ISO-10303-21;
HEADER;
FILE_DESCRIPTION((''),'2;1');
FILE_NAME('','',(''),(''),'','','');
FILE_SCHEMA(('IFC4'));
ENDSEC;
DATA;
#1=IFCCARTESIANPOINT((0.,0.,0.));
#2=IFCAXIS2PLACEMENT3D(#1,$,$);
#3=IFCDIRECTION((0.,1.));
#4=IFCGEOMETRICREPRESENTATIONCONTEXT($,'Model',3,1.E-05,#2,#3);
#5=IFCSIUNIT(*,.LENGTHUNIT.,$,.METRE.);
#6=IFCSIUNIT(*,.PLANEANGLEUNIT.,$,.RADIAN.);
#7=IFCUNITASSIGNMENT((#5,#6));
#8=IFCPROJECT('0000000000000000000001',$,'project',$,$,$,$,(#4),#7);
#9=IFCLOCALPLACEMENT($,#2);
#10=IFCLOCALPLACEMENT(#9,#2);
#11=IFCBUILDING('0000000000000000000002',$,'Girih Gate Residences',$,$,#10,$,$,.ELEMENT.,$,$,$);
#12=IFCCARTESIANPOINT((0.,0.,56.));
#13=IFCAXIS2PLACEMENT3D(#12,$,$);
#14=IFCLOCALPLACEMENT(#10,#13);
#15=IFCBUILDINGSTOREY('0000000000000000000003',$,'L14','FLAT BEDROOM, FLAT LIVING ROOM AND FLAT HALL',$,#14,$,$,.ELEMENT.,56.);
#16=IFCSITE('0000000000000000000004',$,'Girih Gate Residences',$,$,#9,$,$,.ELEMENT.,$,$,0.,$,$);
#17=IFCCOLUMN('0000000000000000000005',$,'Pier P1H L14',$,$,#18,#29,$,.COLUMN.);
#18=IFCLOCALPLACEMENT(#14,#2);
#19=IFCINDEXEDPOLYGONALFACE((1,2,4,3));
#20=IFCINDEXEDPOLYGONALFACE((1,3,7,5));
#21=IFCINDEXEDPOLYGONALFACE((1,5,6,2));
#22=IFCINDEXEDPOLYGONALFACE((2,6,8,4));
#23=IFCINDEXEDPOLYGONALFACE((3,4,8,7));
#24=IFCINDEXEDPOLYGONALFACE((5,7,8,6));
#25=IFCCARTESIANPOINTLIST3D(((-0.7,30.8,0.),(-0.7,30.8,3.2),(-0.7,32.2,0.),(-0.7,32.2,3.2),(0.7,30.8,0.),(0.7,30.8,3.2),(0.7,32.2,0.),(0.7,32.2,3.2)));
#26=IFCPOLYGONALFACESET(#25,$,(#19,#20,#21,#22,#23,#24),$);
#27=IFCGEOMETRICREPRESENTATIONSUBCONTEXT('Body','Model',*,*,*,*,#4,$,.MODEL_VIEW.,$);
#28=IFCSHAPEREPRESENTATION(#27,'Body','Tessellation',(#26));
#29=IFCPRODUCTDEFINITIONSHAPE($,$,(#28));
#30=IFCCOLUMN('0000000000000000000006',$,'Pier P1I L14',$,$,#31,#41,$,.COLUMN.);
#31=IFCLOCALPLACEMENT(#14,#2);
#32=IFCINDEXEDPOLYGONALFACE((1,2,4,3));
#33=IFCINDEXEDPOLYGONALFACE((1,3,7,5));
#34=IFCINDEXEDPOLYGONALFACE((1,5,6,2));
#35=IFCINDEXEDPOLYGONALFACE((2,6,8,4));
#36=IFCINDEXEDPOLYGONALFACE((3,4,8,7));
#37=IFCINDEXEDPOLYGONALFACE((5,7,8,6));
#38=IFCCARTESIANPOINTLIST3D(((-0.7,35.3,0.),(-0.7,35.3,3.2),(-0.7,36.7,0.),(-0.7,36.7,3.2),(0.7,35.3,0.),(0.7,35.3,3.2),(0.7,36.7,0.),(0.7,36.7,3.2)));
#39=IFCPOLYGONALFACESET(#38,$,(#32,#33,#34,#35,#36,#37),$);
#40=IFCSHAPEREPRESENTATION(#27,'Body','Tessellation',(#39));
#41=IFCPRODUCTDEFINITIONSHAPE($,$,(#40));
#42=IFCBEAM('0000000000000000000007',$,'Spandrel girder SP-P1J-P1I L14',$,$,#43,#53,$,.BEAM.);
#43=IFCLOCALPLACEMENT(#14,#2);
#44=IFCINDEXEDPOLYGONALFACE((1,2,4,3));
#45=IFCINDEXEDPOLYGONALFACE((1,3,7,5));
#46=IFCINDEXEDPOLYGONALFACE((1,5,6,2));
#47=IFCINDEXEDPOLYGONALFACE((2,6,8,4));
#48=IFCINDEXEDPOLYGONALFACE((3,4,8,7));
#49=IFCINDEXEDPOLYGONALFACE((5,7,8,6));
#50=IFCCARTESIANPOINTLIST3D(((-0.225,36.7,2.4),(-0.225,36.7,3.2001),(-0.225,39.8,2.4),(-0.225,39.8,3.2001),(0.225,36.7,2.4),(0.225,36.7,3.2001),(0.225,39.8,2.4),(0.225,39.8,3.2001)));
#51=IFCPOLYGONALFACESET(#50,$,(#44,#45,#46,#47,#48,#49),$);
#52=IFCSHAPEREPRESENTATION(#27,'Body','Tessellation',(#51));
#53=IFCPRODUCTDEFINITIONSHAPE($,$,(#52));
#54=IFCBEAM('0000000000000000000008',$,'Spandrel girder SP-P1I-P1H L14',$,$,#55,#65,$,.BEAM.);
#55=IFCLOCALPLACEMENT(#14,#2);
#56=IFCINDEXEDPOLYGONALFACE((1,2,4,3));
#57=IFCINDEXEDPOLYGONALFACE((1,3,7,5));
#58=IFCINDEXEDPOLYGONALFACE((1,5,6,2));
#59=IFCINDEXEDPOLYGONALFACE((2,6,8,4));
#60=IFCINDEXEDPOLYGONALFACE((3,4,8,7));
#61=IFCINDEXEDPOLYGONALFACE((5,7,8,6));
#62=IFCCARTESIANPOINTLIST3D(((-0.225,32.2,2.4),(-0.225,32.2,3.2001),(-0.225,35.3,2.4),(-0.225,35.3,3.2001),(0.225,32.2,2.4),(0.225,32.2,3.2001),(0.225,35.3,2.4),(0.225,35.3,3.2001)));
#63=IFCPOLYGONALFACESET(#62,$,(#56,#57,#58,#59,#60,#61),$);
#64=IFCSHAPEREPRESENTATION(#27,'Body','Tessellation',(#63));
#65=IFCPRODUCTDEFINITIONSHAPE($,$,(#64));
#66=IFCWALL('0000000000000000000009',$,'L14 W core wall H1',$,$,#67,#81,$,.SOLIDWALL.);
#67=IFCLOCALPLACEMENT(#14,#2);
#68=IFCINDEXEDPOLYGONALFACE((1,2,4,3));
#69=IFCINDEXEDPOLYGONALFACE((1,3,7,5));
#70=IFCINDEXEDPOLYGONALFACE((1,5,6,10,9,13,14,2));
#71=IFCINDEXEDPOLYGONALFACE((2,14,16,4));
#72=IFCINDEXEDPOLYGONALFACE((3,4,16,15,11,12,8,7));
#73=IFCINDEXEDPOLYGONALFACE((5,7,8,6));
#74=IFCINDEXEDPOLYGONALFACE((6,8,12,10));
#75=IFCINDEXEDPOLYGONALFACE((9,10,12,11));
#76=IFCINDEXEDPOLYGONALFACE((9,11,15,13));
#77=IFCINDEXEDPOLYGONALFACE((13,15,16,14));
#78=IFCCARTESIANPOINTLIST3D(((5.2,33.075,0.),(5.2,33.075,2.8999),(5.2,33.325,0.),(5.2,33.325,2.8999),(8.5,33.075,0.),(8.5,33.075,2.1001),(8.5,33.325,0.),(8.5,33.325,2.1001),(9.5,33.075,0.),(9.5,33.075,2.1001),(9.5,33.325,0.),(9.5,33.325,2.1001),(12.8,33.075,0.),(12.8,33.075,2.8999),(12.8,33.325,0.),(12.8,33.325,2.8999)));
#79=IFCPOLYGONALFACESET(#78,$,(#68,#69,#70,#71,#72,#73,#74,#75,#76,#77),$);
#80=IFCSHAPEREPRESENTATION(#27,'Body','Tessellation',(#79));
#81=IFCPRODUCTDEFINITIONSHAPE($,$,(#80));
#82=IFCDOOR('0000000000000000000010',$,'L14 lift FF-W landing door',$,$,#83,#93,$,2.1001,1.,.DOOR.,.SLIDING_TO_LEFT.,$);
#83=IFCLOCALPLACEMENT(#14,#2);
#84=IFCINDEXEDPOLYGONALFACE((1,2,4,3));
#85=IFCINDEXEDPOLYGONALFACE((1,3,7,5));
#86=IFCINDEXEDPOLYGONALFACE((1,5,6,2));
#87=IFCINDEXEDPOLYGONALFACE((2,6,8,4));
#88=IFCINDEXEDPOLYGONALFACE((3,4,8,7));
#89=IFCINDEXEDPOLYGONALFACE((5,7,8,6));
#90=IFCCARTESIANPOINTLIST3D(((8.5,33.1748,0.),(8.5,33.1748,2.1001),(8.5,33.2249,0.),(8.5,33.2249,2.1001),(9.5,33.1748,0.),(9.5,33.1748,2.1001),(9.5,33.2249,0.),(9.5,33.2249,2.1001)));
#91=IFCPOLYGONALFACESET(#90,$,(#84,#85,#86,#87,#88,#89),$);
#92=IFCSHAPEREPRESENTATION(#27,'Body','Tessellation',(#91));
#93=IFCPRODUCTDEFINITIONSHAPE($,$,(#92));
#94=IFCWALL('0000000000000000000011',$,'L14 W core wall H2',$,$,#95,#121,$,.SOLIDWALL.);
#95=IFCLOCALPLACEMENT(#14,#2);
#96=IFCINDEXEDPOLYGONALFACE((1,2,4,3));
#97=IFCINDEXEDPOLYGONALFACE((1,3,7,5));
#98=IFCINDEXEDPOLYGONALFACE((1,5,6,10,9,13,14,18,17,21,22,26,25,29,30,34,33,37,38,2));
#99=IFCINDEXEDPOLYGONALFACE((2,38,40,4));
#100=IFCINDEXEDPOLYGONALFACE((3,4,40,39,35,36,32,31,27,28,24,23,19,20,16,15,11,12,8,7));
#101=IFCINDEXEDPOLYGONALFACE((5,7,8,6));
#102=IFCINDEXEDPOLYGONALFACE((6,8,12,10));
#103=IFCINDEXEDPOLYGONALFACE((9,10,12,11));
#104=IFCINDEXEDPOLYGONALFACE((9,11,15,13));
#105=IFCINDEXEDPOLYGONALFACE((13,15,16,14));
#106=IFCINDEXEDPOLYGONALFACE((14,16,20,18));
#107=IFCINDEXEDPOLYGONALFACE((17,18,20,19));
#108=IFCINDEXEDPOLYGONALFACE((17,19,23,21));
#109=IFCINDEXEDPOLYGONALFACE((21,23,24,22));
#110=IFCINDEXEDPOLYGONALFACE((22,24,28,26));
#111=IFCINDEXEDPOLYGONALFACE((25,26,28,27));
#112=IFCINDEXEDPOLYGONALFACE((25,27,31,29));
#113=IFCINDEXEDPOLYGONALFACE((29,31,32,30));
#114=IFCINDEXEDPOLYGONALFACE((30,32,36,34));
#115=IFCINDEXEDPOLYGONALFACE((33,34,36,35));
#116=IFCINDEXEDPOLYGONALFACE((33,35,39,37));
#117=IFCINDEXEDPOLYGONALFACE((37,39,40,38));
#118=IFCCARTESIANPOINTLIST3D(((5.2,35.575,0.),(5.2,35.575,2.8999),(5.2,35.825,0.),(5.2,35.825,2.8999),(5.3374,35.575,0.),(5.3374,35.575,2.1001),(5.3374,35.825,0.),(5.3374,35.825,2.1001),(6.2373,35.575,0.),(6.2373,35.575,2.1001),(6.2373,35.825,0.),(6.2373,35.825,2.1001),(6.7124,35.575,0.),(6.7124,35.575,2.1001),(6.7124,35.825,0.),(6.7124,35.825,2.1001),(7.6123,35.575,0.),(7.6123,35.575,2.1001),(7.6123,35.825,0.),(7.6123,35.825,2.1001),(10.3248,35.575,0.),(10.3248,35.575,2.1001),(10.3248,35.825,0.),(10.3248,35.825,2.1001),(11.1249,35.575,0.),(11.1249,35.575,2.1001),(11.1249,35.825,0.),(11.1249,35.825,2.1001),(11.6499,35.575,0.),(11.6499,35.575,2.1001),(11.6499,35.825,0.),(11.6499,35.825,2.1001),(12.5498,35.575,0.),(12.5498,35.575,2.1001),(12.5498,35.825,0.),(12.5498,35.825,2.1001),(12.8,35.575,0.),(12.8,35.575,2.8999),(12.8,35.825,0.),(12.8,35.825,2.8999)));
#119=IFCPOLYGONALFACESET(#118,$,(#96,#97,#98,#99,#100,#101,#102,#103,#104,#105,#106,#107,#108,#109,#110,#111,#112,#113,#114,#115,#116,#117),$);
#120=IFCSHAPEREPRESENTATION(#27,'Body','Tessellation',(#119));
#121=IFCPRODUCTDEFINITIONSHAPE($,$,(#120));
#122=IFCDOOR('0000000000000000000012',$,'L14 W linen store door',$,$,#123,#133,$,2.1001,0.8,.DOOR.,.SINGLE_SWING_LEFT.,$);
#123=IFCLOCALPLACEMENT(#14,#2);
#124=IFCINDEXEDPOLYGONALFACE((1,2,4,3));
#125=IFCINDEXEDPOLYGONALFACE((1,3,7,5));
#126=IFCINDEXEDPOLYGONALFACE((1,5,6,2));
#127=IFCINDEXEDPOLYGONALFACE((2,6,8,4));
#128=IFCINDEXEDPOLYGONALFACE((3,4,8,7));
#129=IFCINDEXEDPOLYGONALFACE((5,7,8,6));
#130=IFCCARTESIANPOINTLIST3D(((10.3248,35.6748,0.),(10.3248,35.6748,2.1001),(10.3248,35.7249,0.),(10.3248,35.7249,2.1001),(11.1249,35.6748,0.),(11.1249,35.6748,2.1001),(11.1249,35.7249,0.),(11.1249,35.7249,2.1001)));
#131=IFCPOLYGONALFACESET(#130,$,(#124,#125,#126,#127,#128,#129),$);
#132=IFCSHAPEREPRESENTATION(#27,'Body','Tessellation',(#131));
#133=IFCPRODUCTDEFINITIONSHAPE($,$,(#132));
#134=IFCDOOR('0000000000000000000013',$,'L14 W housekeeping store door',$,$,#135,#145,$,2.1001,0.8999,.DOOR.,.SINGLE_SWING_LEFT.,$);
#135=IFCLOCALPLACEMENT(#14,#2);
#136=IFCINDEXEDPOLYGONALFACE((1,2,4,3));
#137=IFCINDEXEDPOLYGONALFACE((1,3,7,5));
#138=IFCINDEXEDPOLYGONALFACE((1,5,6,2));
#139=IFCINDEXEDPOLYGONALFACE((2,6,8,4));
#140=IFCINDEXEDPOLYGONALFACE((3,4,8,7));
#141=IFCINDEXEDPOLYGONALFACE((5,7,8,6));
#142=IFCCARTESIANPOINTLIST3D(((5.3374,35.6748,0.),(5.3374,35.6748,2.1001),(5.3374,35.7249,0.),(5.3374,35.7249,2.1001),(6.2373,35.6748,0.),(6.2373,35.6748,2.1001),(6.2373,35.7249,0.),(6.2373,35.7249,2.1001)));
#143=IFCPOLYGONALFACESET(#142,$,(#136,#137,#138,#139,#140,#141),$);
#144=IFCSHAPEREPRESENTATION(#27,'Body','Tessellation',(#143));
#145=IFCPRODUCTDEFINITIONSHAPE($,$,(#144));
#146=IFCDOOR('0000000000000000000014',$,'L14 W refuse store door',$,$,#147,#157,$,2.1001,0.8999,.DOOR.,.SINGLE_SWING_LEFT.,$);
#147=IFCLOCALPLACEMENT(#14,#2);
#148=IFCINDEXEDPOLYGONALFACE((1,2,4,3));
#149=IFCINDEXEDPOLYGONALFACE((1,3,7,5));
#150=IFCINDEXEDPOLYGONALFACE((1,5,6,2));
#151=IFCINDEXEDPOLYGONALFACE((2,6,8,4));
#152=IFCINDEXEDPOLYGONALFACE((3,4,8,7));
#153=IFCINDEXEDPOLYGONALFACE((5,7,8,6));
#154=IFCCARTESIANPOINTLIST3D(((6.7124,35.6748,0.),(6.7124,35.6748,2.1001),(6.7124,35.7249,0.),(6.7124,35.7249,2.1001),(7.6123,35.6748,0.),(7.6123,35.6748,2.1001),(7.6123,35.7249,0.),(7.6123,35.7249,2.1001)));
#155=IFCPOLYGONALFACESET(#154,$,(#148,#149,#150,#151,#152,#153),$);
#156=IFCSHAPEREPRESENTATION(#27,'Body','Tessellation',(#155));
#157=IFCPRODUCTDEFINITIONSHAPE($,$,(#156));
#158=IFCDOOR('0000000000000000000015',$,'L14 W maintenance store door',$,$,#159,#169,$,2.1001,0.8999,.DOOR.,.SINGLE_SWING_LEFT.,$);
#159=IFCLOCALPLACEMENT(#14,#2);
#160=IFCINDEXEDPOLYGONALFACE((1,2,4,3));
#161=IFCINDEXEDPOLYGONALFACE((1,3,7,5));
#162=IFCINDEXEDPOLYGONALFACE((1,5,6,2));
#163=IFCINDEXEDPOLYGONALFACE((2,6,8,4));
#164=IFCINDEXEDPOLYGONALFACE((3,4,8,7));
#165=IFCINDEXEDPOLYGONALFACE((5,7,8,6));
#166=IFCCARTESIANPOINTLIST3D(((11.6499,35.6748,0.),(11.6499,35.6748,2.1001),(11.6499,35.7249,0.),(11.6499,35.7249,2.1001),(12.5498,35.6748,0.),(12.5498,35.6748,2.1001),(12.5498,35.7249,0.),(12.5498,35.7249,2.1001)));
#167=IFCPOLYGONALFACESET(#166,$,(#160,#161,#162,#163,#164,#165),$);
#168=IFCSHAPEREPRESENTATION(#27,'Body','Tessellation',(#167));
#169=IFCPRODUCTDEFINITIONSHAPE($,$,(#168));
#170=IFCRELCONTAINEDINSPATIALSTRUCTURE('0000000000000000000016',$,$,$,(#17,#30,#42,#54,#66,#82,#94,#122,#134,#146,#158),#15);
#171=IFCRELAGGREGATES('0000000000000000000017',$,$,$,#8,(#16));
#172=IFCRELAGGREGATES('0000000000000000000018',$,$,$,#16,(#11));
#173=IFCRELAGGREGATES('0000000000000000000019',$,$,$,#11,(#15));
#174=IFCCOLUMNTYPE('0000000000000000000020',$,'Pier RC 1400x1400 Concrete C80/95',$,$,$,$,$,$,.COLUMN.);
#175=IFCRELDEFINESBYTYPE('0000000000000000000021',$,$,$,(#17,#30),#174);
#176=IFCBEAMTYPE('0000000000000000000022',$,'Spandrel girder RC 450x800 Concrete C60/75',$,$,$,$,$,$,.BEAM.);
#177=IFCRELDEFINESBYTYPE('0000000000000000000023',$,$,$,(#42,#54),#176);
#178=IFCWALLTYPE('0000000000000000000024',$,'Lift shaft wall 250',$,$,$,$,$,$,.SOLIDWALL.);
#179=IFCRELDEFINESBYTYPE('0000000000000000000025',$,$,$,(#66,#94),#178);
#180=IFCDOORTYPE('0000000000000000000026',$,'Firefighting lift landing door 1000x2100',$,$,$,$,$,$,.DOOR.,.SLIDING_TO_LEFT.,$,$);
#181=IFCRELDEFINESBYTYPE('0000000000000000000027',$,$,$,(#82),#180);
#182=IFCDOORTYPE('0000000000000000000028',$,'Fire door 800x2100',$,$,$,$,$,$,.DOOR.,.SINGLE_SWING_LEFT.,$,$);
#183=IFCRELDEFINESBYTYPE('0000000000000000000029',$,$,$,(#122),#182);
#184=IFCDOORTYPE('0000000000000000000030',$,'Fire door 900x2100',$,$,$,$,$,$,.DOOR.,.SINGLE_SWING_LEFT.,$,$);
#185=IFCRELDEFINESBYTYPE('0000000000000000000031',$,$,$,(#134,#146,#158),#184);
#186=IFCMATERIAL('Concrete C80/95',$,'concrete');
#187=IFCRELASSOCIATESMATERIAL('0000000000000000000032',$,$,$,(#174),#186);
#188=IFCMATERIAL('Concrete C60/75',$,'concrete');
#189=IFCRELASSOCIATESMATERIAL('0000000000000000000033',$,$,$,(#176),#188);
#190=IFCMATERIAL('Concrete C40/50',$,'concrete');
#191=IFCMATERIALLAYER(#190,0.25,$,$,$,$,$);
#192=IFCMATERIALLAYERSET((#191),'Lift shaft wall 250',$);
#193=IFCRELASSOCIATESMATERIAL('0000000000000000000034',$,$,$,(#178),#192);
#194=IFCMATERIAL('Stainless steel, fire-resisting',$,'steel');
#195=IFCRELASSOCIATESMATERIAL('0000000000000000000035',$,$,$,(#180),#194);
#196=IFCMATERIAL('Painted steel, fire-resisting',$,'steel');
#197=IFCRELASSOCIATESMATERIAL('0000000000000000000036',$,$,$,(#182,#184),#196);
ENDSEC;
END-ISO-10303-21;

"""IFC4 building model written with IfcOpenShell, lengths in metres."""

from ifc_helpers import new_model, si_unit, direction, frame, frame_2d, origin, origin_2d, place, context, subcontext, project, spatial, rectangle, extrude, material, layer, layer_set, material_profile, profile_set, type_object, element, fill, save


model = new_model("IFC4")

# Units and contexts
model_context = context("Model", 3, precision=1e-05, world=origin(), true_north=direction((0.0, 1.0)))
body_context = subcontext(model_context, "Body", "Model", "MODEL_VIEW")
ifc_project = project(units=[si_unit("LENGTHUNIT", "METRE"), si_unit("PLANEANGLEUNIT", "RADIAN")], contexts=[model_context])

# Site, building, storey
site_placement = place(None, origin())
site = spatial("IfcSite", under=ifc_project, at=site_placement, Name="Girih Gate Residences", CompositionType="ELEMENT", RefElevation=0.0)
building_placement = place(site_placement, origin())
building = spatial("IfcBuilding", under=site, at=building_placement, Name="Girih Gate Residences", CompositionType="ELEMENT")
storey_placement = place(building_placement, frame((0.0, 0.0, 56.0)))
storey = spatial("IfcBuildingStorey", under=building, at=storey_placement, Name="L14", Description="FLAT BEDROOM, FLAT LIVING ROOM AND FLAT HALL", CompositionType="ELEMENT", Elevation=56.0)

# Columns
ifc_material_1 = material(Name="Concrete C80/95", Category="concrete")
ifc_material_profile_1 = material_profile(ifc_material_1, rectangle(XDim=1.3999, YDim=1.3999, at=origin_2d()))
ifc_profile_set_1 = profile_set([ifc_material_profile_1], Name="Concrete C80/95")
column_type = type_object("IfcColumnType", Name="Pier RC 1400x1400 Concrete C80/95", PredefinedType="COLUMN", material=ifc_profile_set_1)
for number, where, z_axis, x_axis, name in (
    (1, (0.0, 31.5, 0.0), (0.0, 0.0, 1.0), (1.0, 0.0, 0.0), "Pier P1H L14"),
    (2, (0.0, 36.0, 0.0), (0.0, 0.0, 1.0), (1.0, 0.0, 0.0), "Pier P1I L14"),
):
    element("IfcColumn", number, at=place(storey_placement, frame(where, z_axis=z_axis, x_axis=x_axis)), inside=storey, type_object=column_type, Name=name, PredefinedType="COLUMN", context=body_context, shape_type="SweptSolid", body=[
        extrude(rectangle(XDim=1.3999, YDim=1.3999, at=origin_2d()), origin(), (0.0, 0.0, 1.0), 3.2),
    ])

# Beams
ifc_material_2 = material(Name="Concrete C60/75", Category="concrete")
ifc_material_profile_2 = material_profile(ifc_material_2, rectangle(XDim=0.45, YDim=0.8, at=origin_2d()))
ifc_profile_set_2 = profile_set([ifc_material_profile_2], Name="Concrete C60/75")
beam_type = type_object("IfcBeamType", Name="Spandrel girder RC 450x800 Concrete C60/75", PredefinedType="BEAM", material=ifc_profile_set_2)
for number, where, z_axis, x_axis, name in (
    (3, (0.0, 39.8, 2.8), (0.0, -1.0, 0.0), (1.0, 0.0, 0.0), "Spandrel girder SP-P1J-P1I L14"),
    (4, (0.0, 35.3, 2.8), (0.0, -1.0, 0.0), (1.0, 0.0, 0.0), "Spandrel girder SP-P1I-P1H L14"),
):
    element("IfcBeam", number, at=place(storey_placement, frame(where, z_axis=z_axis, x_axis=x_axis)), inside=storey, type_object=beam_type, Name=name, PredefinedType="BEAM", context=body_context, shape_type="SweptSolid", body=[
        extrude(rectangle(XDim=0.45, YDim=0.8, at=origin_2d()), origin(), (0.0, 0.0, 1.0), 3.1001),
    ])

# Wall, opening, door
ifc_material_3 = material(Name="Concrete C40/50", Category="concrete")
ifc_layer_1 = layer(ifc_material_3, 0.25)
ifc_layer_set_1 = layer_set([ifc_layer_1], Name="Lift shaft wall 250")
wall_type_1 = type_object("IfcWallType", Name="Lift shaft wall 250", PredefinedType="SOLIDWALL", material=ifc_layer_set_1)
wall_1_placement = place(storey_placement, frame((5.2, 33.2, 0.0), z_axis=(0.0, 0.0, 1.0), x_axis=(1.0, 0.0, 0.0)))
wall_1 = element("IfcWall", 5, at=wall_1_placement, inside=storey, type_object=wall_type_1, Name="L14 W core wall H1", PredefinedType="SOLIDWALL", context=body_context, shape_type="SweptSolid", body=[
    extrude(rectangle(XDim=7.6001, YDim=0.25, at=frame_2d((3.8, 0.0))), origin(), (0.0, 0.0, 1.0), 2.8999),
])
opening_1_placement = place(wall_1_placement, frame((3.3, 0.0, 0.0)))
opening_1 = element("IfcOpeningElement", 6, at=opening_1_placement, cuts=wall_1, PredefinedType="OPENING", context=body_context, shape_type="SweptSolid", body=[
    extrude(rectangle(XDim=1.0, YDim=2.1001, at=frame_2d((0.5, 1.05))), frame((0.0, 0.135, 0.0), z_axis=(0.0, -1.0, 0.0), x_axis=(1.0, 0.0, 0.0)), (0.0, 0.0, 1.0), 0.27),
])
ifc_material_4 = material(Name="Stainless steel, fire-resisting", Category="steel")
door_type_1 = type_object("IfcDoorType", Name="Firefighting lift landing door 1000x2100", OperationType="SLIDING_TO_LEFT", PredefinedType="DOOR", material=ifc_material_4)
door_1_placement = place(opening_1_placement, origin())
door_1 = element("IfcDoor", 7, at=door_1_placement, inside=storey, type_object=door_type_1, Name="L14 lift FF-W landing door", OperationType="SLIDING_TO_LEFT", OverallHeight=2.1001, OverallWidth=1.0, PredefinedType="DOOR", context=body_context, shape_type="SweptSolid", body=[
    extrude(rectangle(XDim=1.0, YDim=2.1001, at=frame_2d((0.5, 1.05))), frame((0.0, 0.0249, 0.0), z_axis=(0.0, -1.0, 0.0), x_axis=(1.0, 0.0, 0.0)), (0.0, 0.0, 1.0), 0.05),
])
fill(opening_1, door_1)

# Wall, openings, doors
wall_2_placement = place(storey_placement, frame((5.2, 35.7, 0.0), z_axis=(0.0, 0.0, 1.0), x_axis=(1.0, 0.0, 0.0)))
wall_2 = element("IfcWall", 8, at=wall_2_placement, inside=storey, type_object=wall_type_1, Name="L14 W core wall H2", PredefinedType="SOLIDWALL", context=body_context, shape_type="SweptSolid", body=[
    extrude(rectangle(XDim=7.6001, YDim=0.25, at=frame_2d((3.8, 0.0))), origin(), (0.0, 0.0, 1.0), 2.8999),
])
opening_2_placement = place(wall_2_placement, frame((0.1375, 0.0, 0.0)))
opening_2 = element("IfcOpeningElement", 9, at=opening_2_placement, cuts=wall_2, PredefinedType="OPENING", context=body_context, shape_type="SweptSolid", body=[
    extrude(rectangle(XDim=0.8999, YDim=2.1001, at=frame_2d((0.45, 1.05))), frame((0.0, 0.135, 0.0), z_axis=(0.0, -1.0, 0.0), x_axis=(1.0, 0.0, 0.0)), (0.0, 0.0, 1.0), 0.27),
])
opening_3_placement = place(wall_2_placement, frame((1.5125, 0.0, 0.0)))
opening_3 = element("IfcOpeningElement", 10, at=opening_3_placement, cuts=wall_2, PredefinedType="OPENING", context=body_context, shape_type="SweptSolid", body=[
    extrude(rectangle(XDim=0.8999, YDim=2.1001, at=frame_2d((0.45, 1.05))), frame((0.0, 0.135, 0.0), z_axis=(0.0, -1.0, 0.0), x_axis=(1.0, 0.0, 0.0)), (0.0, 0.0, 1.0), 0.27),
])
opening_4_placement = place(wall_2_placement, frame((5.125, 0.0, 0.0)))
opening_4 = element("IfcOpeningElement", 11, at=opening_4_placement, cuts=wall_2, PredefinedType="OPENING", context=body_context, shape_type="SweptSolid", body=[
    extrude(rectangle(XDim=0.8, YDim=2.1001, at=frame_2d((0.3999, 1.05))), frame((0.0, 0.135, 0.0), z_axis=(0.0, -1.0, 0.0), x_axis=(1.0, 0.0, 0.0)), (0.0, 0.0, 1.0), 0.27),
])
opening_5_placement = place(wall_2_placement, frame((6.45, 0.0, 0.0)))
opening_5 = element("IfcOpeningElement", 12, at=opening_5_placement, cuts=wall_2, PredefinedType="OPENING", context=body_context, shape_type="SweptSolid", body=[
    extrude(rectangle(XDim=0.8999, YDim=2.1001, at=frame_2d((0.45, 1.05))), frame((0.0, 0.135, 0.0), z_axis=(0.0, -1.0, 0.0), x_axis=(1.0, 0.0, 0.0)), (0.0, 0.0, 1.0), 0.27),
])
ifc_material_5 = material(Name="Painted steel, fire-resisting", Category="steel")
door_type_2 = type_object("IfcDoorType", Name="Fire door 800x2100", OperationType="SINGLE_SWING_LEFT", PredefinedType="DOOR", material=ifc_material_5)
door_2_placement = place(opening_4_placement, origin())
door_2 = element("IfcDoor", 13, at=door_2_placement, inside=storey, type_object=door_type_2, Name="L14 W linen store door", OperationType="SINGLE_SWING_LEFT", OverallHeight=2.1001, OverallWidth=0.8, PredefinedType="DOOR", context=body_context, shape_type="SweptSolid", body=[
    extrude(rectangle(XDim=0.8, YDim=2.1001, at=frame_2d((0.3999, 1.05))), frame((0.0, 0.0249, 0.0), z_axis=(0.0, -1.0, 0.0), x_axis=(1.0, 0.0, 0.0)), (0.0, 0.0, 1.0), 0.05),
])
fill(opening_4, door_2)
door_type_3 = type_object("IfcDoorType", Name="Fire door 900x2100", OperationType="SINGLE_SWING_LEFT", PredefinedType="DOOR", material=ifc_material_5)
door_3_placement = place(opening_2_placement, origin())
door_3 = element("IfcDoor", 14, at=door_3_placement, inside=storey, type_object=door_type_3, Name="L14 W housekeeping store door", OperationType="SINGLE_SWING_LEFT", OverallHeight=2.1001, OverallWidth=0.8999, PredefinedType="DOOR", context=body_context, shape_type="SweptSolid", body=[
    extrude(rectangle(XDim=0.8999, YDim=2.1001, at=frame_2d((0.45, 1.05))), frame((0.0, 0.0249, 0.0), z_axis=(0.0, -1.0, 0.0), x_axis=(1.0, 0.0, 0.0)), (0.0, 0.0, 1.0), 0.05),
])
fill(opening_2, door_3)
door_4_placement = place(opening_3_placement, origin())
door_4 = element("IfcDoor", 15, at=door_4_placement, inside=storey, type_object=door_type_3, Name="L14 W refuse store door", OperationType="SINGLE_SWING_LEFT", OverallHeight=2.1001, OverallWidth=0.8999, PredefinedType="DOOR", context=body_context, shape_type="SweptSolid", body=[
    extrude(rectangle(XDim=0.8999, YDim=2.1001, at=frame_2d((0.45, 1.05))), frame((0.0, 0.0249, 0.0), z_axis=(0.0, -1.0, 0.0), x_axis=(1.0, 0.0, 0.0)), (0.0, 0.0, 1.0), 0.05),
])
fill(opening_3, door_4)
door_5_placement = place(opening_5_placement, origin())
door_5 = element("IfcDoor", 16, at=door_5_placement, inside=storey, type_object=door_type_3, Name="L14 W maintenance store door", OperationType="SINGLE_SWING_LEFT", OverallHeight=2.1001, OverallWidth=0.8999, PredefinedType="DOOR", context=body_context, shape_type="SweptSolid", body=[
    extrude(rectangle(XDim=0.8999, YDim=2.1001, at=frame_2d((0.45, 1.05))), frame((0.0, 0.0249, 0.0), z_axis=(0.0, -1.0, 0.0), x_axis=(1.0, 0.0, 0.0)), (0.0, 0.0, 1.0), 0.05),
])
fill(opening_5, door_5)

save(model, "model.ifc")
